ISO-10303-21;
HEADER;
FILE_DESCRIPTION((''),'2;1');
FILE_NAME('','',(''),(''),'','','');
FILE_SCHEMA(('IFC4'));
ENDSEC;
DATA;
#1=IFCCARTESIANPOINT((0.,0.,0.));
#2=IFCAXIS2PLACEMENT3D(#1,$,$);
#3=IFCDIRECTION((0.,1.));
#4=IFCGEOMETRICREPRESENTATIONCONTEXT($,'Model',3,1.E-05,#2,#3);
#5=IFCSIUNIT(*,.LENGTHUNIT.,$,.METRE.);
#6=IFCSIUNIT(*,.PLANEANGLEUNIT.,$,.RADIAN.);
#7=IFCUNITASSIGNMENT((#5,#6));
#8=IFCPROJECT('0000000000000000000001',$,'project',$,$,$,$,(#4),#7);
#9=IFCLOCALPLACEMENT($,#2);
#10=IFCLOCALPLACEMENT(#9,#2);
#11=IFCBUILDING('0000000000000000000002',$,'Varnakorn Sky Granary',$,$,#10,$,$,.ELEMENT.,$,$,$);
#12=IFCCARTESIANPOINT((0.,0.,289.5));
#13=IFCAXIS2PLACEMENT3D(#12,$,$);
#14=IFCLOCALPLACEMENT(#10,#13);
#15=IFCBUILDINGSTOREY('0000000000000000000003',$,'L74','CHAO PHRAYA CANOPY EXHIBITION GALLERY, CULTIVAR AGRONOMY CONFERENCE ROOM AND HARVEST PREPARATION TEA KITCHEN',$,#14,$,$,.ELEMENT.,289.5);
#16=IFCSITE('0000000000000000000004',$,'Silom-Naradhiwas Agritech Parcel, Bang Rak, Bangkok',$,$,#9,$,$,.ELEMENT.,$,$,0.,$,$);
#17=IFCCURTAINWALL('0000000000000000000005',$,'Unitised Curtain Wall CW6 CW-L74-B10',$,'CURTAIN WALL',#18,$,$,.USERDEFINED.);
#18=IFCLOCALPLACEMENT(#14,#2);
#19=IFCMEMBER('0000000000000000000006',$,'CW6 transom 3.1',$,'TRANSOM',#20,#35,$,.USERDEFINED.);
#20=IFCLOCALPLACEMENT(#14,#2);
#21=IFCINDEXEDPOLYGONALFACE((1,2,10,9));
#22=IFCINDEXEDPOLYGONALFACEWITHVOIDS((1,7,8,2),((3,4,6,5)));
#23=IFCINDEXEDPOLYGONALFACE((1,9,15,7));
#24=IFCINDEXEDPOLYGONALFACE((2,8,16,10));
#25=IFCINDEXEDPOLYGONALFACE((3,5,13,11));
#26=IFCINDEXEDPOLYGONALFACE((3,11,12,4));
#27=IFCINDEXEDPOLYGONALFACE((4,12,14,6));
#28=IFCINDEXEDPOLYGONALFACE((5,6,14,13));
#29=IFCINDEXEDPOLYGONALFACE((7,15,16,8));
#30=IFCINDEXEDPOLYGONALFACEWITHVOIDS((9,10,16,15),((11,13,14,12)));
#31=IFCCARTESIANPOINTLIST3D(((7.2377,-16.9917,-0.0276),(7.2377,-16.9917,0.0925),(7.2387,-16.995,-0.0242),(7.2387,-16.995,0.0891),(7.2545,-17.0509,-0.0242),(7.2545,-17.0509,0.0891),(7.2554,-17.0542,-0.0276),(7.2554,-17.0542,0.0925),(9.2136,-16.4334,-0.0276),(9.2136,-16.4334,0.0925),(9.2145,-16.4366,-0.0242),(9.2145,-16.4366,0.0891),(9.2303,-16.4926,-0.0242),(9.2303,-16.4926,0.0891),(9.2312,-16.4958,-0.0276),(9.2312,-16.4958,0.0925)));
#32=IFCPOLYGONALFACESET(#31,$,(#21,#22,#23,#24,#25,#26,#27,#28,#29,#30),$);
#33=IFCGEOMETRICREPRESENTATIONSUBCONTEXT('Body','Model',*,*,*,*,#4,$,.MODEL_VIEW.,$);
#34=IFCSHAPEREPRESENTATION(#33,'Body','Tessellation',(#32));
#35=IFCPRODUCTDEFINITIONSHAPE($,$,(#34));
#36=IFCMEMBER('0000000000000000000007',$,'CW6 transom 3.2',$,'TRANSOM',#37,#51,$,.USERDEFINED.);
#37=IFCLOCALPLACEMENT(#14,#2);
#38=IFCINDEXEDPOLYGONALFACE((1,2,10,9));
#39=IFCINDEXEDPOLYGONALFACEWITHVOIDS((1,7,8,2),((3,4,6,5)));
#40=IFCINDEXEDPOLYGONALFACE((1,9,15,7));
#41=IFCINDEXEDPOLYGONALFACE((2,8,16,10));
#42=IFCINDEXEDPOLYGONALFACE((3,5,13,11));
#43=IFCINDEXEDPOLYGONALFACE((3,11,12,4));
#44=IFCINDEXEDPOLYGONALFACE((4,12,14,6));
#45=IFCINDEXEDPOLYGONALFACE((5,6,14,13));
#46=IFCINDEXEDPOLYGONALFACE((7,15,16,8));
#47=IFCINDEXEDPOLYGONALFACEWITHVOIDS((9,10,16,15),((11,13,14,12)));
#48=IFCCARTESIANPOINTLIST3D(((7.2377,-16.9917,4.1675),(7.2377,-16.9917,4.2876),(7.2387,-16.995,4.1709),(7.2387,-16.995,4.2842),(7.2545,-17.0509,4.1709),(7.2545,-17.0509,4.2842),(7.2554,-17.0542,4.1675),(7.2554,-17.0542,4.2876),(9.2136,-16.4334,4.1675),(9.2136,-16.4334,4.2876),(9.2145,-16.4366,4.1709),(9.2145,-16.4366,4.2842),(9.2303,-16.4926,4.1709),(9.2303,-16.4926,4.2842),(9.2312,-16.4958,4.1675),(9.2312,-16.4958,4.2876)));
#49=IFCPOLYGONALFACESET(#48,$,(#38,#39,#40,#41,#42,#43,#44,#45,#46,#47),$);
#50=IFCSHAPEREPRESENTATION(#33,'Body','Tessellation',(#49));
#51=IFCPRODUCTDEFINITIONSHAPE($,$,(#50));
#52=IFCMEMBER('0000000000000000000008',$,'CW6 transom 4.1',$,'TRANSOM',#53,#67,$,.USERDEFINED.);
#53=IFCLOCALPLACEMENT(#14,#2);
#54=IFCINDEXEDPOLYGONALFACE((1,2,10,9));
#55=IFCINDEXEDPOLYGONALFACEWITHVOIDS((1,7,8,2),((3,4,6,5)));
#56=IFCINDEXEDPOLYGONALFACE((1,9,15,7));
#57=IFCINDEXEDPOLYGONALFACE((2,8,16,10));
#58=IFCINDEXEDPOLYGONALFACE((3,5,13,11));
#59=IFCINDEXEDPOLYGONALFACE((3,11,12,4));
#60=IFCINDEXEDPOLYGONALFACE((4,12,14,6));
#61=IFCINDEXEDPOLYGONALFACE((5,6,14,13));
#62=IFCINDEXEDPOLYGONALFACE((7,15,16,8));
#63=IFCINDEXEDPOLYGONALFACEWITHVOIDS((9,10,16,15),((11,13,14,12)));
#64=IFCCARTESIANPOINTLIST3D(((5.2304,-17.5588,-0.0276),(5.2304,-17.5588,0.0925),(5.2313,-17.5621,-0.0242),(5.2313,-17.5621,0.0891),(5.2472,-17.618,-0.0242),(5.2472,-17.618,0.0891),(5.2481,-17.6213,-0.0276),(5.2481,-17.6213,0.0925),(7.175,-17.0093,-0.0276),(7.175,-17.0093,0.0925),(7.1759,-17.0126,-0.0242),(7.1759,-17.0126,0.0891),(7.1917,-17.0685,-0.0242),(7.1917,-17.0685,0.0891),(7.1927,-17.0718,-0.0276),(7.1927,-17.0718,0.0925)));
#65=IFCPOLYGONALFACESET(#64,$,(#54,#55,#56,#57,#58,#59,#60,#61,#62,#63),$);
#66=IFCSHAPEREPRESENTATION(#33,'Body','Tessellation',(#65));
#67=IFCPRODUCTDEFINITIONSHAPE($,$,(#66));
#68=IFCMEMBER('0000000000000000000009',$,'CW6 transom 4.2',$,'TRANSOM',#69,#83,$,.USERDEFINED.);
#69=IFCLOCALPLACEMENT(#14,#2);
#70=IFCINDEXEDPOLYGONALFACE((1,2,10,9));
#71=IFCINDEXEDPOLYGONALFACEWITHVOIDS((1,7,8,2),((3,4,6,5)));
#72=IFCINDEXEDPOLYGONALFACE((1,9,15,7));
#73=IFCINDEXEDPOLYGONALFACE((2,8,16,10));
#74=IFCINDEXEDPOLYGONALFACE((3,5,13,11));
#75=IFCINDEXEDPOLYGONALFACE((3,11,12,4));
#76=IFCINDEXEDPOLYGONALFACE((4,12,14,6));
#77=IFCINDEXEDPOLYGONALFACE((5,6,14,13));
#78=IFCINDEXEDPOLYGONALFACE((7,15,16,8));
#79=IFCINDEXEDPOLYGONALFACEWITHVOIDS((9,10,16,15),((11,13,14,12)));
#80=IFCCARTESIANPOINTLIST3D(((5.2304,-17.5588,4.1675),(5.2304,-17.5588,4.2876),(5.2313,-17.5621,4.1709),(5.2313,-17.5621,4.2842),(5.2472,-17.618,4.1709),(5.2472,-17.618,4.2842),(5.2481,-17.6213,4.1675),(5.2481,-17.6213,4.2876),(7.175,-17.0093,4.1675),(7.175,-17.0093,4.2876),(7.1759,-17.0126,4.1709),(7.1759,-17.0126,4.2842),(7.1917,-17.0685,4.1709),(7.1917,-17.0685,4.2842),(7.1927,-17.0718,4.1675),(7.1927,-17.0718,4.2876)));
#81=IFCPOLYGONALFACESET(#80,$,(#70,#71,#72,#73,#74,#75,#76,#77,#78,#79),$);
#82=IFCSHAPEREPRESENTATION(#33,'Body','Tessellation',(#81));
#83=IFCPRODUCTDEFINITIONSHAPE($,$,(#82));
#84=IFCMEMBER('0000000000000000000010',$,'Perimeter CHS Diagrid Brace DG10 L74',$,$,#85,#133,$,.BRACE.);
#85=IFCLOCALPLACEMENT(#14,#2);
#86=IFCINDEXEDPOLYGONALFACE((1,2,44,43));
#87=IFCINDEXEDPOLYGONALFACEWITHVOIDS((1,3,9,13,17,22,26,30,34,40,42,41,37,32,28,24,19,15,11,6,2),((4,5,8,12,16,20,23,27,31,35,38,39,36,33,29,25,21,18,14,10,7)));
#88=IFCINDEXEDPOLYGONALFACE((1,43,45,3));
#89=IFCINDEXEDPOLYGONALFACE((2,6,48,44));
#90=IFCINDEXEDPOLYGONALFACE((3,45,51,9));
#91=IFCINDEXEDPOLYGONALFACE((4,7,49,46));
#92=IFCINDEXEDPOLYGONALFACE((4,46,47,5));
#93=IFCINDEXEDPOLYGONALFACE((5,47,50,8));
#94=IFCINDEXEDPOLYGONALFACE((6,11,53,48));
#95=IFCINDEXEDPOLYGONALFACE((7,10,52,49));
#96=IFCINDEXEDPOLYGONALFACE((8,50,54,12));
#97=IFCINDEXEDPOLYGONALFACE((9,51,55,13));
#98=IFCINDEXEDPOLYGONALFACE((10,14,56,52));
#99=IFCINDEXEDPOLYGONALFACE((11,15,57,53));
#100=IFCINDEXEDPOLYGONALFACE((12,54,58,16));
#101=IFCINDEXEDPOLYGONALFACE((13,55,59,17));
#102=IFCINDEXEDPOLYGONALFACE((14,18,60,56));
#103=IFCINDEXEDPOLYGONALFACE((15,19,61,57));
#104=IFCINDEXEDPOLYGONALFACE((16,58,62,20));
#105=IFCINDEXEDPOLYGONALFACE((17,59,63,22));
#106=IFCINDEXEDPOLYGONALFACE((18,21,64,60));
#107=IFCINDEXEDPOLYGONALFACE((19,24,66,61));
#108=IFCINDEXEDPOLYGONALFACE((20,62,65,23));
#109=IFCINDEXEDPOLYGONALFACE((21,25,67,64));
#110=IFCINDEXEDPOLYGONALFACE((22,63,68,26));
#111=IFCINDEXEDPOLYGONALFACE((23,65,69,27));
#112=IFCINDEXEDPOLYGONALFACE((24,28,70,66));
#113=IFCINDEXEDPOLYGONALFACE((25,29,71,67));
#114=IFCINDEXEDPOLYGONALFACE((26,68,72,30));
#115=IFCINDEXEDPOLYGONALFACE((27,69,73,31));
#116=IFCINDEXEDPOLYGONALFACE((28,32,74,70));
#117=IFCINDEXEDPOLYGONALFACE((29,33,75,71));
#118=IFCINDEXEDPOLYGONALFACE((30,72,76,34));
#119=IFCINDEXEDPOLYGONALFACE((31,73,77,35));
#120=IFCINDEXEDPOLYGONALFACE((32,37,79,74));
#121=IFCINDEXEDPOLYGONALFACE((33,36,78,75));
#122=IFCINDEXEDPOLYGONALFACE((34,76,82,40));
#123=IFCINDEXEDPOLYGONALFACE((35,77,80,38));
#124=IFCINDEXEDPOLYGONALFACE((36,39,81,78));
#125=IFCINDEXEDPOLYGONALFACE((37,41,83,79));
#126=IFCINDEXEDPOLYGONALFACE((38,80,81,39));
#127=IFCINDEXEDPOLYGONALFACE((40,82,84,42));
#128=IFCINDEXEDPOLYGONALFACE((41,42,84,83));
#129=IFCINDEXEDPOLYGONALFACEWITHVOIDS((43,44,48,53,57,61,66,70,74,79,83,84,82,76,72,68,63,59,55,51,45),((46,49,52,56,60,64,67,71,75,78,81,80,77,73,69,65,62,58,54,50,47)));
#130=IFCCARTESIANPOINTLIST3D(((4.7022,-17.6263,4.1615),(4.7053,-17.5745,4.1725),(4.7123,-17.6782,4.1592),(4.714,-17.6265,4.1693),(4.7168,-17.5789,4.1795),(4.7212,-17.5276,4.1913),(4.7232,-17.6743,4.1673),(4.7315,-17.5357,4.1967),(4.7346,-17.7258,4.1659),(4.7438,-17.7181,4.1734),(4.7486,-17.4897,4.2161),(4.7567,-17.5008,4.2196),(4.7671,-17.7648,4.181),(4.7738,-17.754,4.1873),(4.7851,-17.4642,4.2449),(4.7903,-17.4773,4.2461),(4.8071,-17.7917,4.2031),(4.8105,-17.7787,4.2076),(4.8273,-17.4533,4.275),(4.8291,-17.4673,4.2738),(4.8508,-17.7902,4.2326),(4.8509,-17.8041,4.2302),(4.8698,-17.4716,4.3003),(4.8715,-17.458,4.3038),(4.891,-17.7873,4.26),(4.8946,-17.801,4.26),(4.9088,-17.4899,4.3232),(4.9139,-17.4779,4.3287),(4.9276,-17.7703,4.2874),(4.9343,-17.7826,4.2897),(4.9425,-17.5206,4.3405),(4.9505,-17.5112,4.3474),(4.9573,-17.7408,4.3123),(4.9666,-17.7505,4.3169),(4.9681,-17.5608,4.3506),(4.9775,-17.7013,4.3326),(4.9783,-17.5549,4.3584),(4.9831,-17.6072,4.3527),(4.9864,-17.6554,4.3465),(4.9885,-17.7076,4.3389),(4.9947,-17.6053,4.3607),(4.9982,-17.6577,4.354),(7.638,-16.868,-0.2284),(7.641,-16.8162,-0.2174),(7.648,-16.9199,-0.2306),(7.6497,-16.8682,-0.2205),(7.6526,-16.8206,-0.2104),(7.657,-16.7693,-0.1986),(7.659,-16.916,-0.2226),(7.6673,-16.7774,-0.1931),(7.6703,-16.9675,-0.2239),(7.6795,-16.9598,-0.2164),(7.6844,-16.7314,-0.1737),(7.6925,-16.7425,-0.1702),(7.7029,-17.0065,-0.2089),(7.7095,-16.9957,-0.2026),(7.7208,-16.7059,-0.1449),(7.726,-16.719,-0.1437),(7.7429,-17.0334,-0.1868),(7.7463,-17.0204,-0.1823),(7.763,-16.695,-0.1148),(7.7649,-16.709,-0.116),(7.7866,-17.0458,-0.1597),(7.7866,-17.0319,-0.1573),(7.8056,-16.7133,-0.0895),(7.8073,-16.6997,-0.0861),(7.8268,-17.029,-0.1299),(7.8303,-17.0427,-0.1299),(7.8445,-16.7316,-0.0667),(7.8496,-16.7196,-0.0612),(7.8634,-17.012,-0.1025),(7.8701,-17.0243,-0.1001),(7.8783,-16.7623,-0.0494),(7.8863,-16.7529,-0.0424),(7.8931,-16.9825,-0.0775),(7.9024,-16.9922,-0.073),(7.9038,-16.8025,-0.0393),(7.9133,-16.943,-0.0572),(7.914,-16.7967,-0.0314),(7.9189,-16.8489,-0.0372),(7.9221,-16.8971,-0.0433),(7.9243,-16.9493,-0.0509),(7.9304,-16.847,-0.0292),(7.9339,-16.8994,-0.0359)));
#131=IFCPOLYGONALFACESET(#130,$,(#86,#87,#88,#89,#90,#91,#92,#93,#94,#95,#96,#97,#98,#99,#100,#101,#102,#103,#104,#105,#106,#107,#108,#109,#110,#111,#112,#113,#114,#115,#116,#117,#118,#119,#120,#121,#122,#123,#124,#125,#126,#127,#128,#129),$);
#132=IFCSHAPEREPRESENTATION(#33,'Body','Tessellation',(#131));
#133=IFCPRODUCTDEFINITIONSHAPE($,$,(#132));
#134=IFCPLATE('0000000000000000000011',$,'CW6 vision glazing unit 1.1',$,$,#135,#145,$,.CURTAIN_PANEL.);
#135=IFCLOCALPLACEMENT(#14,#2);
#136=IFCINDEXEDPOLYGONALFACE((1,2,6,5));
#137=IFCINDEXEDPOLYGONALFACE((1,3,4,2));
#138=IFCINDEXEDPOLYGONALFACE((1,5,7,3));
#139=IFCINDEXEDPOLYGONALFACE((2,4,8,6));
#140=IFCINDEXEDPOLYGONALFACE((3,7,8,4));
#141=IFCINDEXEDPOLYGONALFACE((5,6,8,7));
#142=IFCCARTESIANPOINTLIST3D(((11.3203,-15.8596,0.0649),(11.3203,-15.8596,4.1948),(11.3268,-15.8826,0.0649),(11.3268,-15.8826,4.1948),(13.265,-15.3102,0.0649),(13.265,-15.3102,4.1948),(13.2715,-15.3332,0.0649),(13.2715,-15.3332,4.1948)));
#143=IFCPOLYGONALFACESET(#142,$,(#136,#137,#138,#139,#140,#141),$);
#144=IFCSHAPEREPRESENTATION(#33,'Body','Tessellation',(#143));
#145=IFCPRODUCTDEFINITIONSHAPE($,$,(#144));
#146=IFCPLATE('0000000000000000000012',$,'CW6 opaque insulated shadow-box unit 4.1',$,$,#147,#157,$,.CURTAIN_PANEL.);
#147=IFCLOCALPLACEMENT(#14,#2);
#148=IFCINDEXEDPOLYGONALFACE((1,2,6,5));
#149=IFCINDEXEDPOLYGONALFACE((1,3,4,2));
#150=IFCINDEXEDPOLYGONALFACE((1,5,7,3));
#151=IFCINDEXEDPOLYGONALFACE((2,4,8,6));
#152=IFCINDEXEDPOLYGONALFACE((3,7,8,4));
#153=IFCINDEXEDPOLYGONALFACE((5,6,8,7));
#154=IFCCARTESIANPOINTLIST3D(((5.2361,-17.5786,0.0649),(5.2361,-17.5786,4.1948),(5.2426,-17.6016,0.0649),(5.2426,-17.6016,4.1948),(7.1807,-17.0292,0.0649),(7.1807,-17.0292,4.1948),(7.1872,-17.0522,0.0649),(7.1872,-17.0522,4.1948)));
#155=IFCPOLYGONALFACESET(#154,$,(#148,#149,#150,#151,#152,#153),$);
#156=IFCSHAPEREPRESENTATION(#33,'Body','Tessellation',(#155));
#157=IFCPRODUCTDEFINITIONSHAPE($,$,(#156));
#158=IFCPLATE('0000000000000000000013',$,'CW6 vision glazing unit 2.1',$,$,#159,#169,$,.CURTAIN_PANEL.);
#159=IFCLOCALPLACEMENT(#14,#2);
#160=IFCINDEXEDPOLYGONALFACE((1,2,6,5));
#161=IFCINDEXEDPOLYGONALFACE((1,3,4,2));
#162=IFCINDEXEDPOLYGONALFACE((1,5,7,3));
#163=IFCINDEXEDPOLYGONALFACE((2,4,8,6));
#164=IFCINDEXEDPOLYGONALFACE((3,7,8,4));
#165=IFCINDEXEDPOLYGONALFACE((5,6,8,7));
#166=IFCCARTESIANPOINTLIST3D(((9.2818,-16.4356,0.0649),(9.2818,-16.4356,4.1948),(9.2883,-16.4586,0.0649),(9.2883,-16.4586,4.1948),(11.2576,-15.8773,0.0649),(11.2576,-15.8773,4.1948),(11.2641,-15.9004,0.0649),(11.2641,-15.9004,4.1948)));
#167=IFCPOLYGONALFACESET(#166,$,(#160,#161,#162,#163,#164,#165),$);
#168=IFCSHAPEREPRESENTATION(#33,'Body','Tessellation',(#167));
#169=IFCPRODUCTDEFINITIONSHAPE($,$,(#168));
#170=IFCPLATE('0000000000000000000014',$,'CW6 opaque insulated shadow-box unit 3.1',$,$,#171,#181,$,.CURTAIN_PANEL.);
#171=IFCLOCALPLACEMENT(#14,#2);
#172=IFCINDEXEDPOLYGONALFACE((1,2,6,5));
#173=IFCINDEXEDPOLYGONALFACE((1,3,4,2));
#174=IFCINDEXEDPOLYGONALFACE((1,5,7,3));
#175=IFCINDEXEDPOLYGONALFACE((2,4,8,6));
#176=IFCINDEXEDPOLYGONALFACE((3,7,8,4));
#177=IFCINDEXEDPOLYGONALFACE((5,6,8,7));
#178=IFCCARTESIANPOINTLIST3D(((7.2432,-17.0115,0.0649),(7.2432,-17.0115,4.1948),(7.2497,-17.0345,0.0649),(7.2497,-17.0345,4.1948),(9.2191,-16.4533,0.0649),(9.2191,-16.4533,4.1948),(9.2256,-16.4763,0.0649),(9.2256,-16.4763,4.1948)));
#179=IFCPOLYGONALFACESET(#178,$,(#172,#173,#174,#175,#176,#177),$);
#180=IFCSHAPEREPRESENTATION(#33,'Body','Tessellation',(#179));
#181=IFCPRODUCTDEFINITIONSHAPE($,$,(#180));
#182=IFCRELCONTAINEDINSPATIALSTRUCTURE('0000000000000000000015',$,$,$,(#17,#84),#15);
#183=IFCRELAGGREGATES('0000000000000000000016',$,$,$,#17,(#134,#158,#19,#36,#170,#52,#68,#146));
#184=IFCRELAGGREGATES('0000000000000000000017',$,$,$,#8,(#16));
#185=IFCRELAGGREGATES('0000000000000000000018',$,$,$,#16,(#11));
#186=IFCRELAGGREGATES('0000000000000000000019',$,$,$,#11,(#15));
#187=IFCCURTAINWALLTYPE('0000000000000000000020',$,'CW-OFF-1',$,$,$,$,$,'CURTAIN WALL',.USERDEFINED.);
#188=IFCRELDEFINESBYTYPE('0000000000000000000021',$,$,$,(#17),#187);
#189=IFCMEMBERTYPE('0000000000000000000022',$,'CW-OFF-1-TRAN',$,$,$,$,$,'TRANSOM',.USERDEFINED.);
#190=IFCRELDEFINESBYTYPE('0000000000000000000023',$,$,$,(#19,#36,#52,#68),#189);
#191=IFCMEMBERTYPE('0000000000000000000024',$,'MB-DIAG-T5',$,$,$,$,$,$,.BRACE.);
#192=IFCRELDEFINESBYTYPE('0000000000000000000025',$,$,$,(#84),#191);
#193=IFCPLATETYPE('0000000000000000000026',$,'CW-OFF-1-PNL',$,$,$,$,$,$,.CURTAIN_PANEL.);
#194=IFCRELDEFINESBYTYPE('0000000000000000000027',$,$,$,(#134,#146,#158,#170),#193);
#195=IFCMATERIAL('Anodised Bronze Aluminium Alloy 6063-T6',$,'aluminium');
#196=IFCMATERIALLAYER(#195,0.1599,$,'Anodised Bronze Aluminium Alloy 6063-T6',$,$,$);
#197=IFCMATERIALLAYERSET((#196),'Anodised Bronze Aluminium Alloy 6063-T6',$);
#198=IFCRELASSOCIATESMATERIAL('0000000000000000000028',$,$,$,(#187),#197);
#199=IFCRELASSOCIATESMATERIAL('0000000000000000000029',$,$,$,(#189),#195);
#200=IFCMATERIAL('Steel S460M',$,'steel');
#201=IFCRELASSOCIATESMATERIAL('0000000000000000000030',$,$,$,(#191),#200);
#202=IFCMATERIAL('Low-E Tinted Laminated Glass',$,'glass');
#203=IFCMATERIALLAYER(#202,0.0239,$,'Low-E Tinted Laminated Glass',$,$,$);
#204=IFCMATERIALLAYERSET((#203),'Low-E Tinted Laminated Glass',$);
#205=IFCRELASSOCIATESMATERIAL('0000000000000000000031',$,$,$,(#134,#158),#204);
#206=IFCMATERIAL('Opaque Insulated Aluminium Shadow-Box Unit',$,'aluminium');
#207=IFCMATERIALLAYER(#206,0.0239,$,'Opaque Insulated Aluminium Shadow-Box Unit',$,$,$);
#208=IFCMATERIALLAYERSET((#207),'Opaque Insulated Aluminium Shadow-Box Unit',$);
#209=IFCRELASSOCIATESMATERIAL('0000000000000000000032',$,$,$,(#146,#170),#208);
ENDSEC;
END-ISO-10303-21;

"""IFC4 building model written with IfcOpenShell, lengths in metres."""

from ifc_helpers import new_model, si_unit, direction, frame, origin, origin_2d, place, context, subcontext, project, spatial, rectangle, hollow_rectangle, hollow_circle, extrude, source, transform, mapped, material, layer, layer_set, material_profile, profile_set, type_object, type_shapes, element, aggregate, save


model = new_model("IFC4")

# Units and contexts
model_context = context("Model", 3, precision=1e-05, world=origin(), true_north=direction((0.0, 1.0)))
body_context = subcontext(model_context, "Body", "Model", "MODEL_VIEW")
ifc_project = project(units=[si_unit("LENGTHUNIT", "METRE"), si_unit("PLANEANGLEUNIT", "RADIAN")], contexts=[model_context])

# Site, building, storey
site_placement = place(None, origin())
site = spatial("IfcSite", under=ifc_project, at=site_placement, Name="Silom-Naradhiwas Agritech Parcel, Bang Rak, Bangkok", CompositionType="ELEMENT", RefElevation=0.0)
building_placement = place(site_placement, origin())
building = spatial("IfcBuilding", under=site, at=building_placement, Name="Varnakorn Sky Granary", CompositionType="ELEMENT")
storey_placement = place(building_placement, frame((0.0, 0.0, 289.5)))
storey = spatial("IfcBuildingStorey", under=building, at=storey_placement, Name="L74", Description="CHAO PHRAYA CANOPY EXHIBITION GALLERY, CULTIVAR AGRONOMY CONFERENCE ROOM AND HARVEST PREPARATION TEA KITCHEN", CompositionType="ELEMENT", Elevation=289.5)

# Curtain wall, members
ifc_material_1 = material(Name="Anodised Bronze Aluminium Alloy 6063-T6", Category="aluminium")
ifc_layer_1 = layer(ifc_material_1, 0.1599, Name="Anodised Bronze Aluminium Alloy 6063-T6")
ifc_layer_set_1 = layer_set([ifc_layer_1], Name="Anodised Bronze Aluminium Alloy 6063-T6")
curtain_wall_type = type_object("IfcCurtainWallType", Name="CW-OFF-1", ElementType="CURTAIN WALL", PredefinedType="USERDEFINED", material=ifc_layer_set_1)
curtain_wall_placement = place(storey_placement, origin())
curtain_wall = element("IfcCurtainWall", 1, at=curtain_wall_placement, inside=storey, type_object=curtain_wall_type, Name="Unitised Curtain Wall CW6 CW-L74-B10", ObjectType="CURTAIN WALL", PredefinedType="USERDEFINED")
ifc_material_profile_1 = material_profile(ifc_material_1, hollow_rectangle(XDim=0.0649, YDim=0.1201, WallThickness=0.0034, at=origin_2d()), Name="ALU TRAN 65x120")
ifc_profile_set_1 = profile_set([ifc_material_profile_1], Name="Anodised Bronze Aluminium Alloy 6063-T6")
member_type_1 = type_object("IfcMemberType", Name="CW-OFF-1-TRAN", ElementType="TRANSOM", PredefinedType="USERDEFINED", material=ifc_profile_set_1)
member_1_placement = place(storey_placement, frame((9.2224, -16.4646, 0.0325), z_axis=(-0.962314, -0.27194, 0.0), x_axis=(0.27194, -0.962314, 0.0)))
member_1 = element("IfcMember", 2, at=member_1_placement, type_object=member_type_1, Name="CW6 transom 3.1", ObjectType="TRANSOM", PredefinedType="USERDEFINED", context=body_context, shape_type="SweptSolid", body=[
    extrude(hollow_rectangle(XDim=0.0649, YDim=0.1201, WallThickness=0.0034, at=origin_2d()), origin(), (0.0, 0.0, 1.0), 2.0532),
])
member_2_placement = place(storey_placement, frame((9.2224, -16.4646, 4.2275), z_axis=(-0.962314, -0.27194, 0.0), x_axis=(0.27194, -0.962314, 0.0)))
member_2 = element("IfcMember", 3, at=member_2_placement, type_object=member_type_1, Name="CW6 transom 3.2", ObjectType="TRANSOM", PredefinedType="USERDEFINED", context=body_context, shape_type="SweptSolid", body=[
    extrude(hollow_rectangle(XDim=0.0649, YDim=0.1201, WallThickness=0.0034, at=origin_2d()), origin(), (0.0, 0.0, 1.0), 2.0532),
])
member_3_placement = place(storey_placement, frame((7.1838, -17.0405, 0.0325), z_axis=(-0.962309, -0.271959, 0.0), x_axis=(0.271959, -0.962309, 0.0)))
member_3 = element("IfcMember", 4, at=member_3_placement, type_object=member_type_1, Name="CW6 transom 4.1", ObjectType="TRANSOM", PredefinedType="USERDEFINED", context=body_context, shape_type="SweptSolid", body=[
    extrude(hollow_rectangle(XDim=0.0649, YDim=0.1201, WallThickness=0.0034, at=origin_2d()), origin(), (0.0, 0.0, 1.0), 2.0208),
])
member_4_placement = place(storey_placement, frame((7.1838, -17.0405, 4.2275), z_axis=(-0.962309, -0.271959, 0.0), x_axis=(0.271959, -0.962309, 0.0)))
member_4 = element("IfcMember", 5, at=member_4_placement, type_object=member_type_1, Name="CW6 transom 4.2", ObjectType="TRANSOM", PredefinedType="USERDEFINED", context=body_context, shape_type="SweptSolid", body=[
    extrude(hollow_rectangle(XDim=0.0649, YDim=0.1201, WallThickness=0.0034, at=origin_2d()), origin(), (0.0, 0.0, 1.0), 2.0208),
])

# Member
ifc_material_2 = material(Name="Steel S460M", Category="steel")
ifc_material_profile_2 = material_profile(ifc_material_2, hollow_circle(Radius=0.1777, WallThickness=0.0142, at=origin_2d()), Name="CHS 355.6x14")
ifc_profile_set_2 = profile_set([ifc_material_profile_2], Name="Steel S460M")
member_type_2 = type_object("IfcMemberType", Name="MB-DIAG-T5", PredefinedType="BRACE", material=ifc_profile_set_2)
member_5_placement = place(storey_placement, frame((7.7859, -16.8706, -0.1299), z_axis=(-0.550262, -0.14213, 0.822807), x_axis=(0.250087, -0.968223, 0.0)))
element("IfcMember", 6, at=member_5_placement, inside=storey, type_object=member_type_2, Name="Perimeter CHS Diagrid Brace DG10 L74", PredefinedType="BRACE", context=body_context, shape_type="SweptSolid", body=[
    extrude(hollow_circle(Radius=0.1777, WallThickness=0.0142, at=origin_2d()), origin(), (0.0, 0.0, 1.0), 5.3352),
])

# Plates
ifc_material_3 = material(Name="Low-E Tinted Laminated Glass", Category="glass")
ifc_layer_2 = layer(ifc_material_3, 0.0239, Name="Low-E Tinted Laminated Glass")
ifc_layer_set_2 = layer_set([ifc_layer_2], Name="Low-E Tinted Laminated Glass")
plate_type = type_object("IfcPlateType", Name="CW-OFF-1-PNL", PredefinedType="CURTAIN_PANEL")
shared_shape_1 = source(origin(), body_context, "Body", "SweptSolid", [
    extrude(rectangle(XDim=2.0208, YDim=0.0239, at=origin_2d()), origin(), (0.0, 0.0, 1.0), 4.1299),
])
plate_1_placement = place(storey_placement, frame((12.2959, -15.5964, 0.0649), z_axis=(0.0, 0.0, 1.0), x_axis=(-0.962332, -0.271878, 0.0)))
plate_1 = element("IfcPlate", 7, at=plate_1_placement, type_object=plate_type, material=ifc_layer_set_2, Name="CW6 vision glazing unit 1.1", PredefinedType="CURTAIN_PANEL", context=body_context, shape_type="MappedRepresentation", body=[
    mapped(shared_shape_1, transform((0.0, 0.0, 0.0), x_axis=(1.0, 0.0, 0.0), y_axis=(0.0, 1.0, 0.0), z_axis=(0.0, 0.0, 1.0), scale=1.0)),
])
ifc_material_4 = material(Name="Opaque Insulated Aluminium Shadow-Box Unit", Category="aluminium")
ifc_layer_3 = layer(ifc_material_4, 0.0239, Name="Opaque Insulated Aluminium Shadow-Box Unit")
ifc_layer_set_3 = layer_set([ifc_layer_3], Name="Opaque Insulated Aluminium Shadow-Box Unit")
plate_2_placement = place(storey_placement, frame((6.2117, -17.3154, 0.0649), z_axis=(0.0, 0.0, 1.0), x_axis=(-0.962332, -0.271878, 0.0)))
plate_2 = element("IfcPlate", 8, at=plate_2_placement, type_object=plate_type, material=ifc_layer_set_3, Name="CW6 opaque insulated shadow-box unit 4.1", PredefinedType="CURTAIN_PANEL", context=body_context, shape_type="MappedRepresentation", body=[
    mapped(shared_shape_1, transform((0.0, 0.0, 0.0), x_axis=(1.0, 0.0, 0.0), y_axis=(0.0, 1.0, 0.0), z_axis=(0.0, 0.0, 1.0), scale=1.0)),
])
shared_shape_2 = source(origin(), body_context, "Body", "SweptSolid", [
    extrude(rectangle(XDim=2.0532, YDim=0.0239, at=origin_2d()), origin(), (0.0, 0.0, 1.0), 4.1299),
])
type_shapes(plate_type, [shared_shape_1, shared_shape_2])
plate_3_placement = place(storey_placement, frame((10.2729, -16.168, 0.0649), z_axis=(0.0, 0.0, 1.0), x_axis=(-0.962332, -0.271878, 0.0)))
plate_3 = element("IfcPlate", 9, at=plate_3_placement, type_object=plate_type, material=ifc_layer_set_2, Name="CW6 vision glazing unit 2.1", PredefinedType="CURTAIN_PANEL", context=body_context, shape_type="MappedRepresentation", body=[
    mapped(shared_shape_2, transform((0.0, 0.0, 0.0), x_axis=(1.0, 0.0, 0.0), y_axis=(0.0, 1.0, 0.0), z_axis=(0.0, 0.0, 1.0), scale=1.0)),
])
plate_4_placement = place(storey_placement, frame((8.2344, -16.7439, 0.0649), z_axis=(0.0, 0.0, 1.0), x_axis=(-0.962332, -0.271878, 0.0)))
plate_4 = element("IfcPlate", 10, at=plate_4_placement, type_object=plate_type, material=ifc_layer_set_3, Name="CW6 opaque insulated shadow-box unit 3.1", PredefinedType="CURTAIN_PANEL", context=body_context, shape_type="MappedRepresentation", body=[
    mapped(shared_shape_2, transform((0.0, 0.0, 0.0), x_axis=(1.0, 0.0, 0.0), y_axis=(0.0, 1.0, 0.0), z_axis=(0.0, 0.0, 1.0), scale=1.0)),
])
aggregate(curtain_wall, [plate_1, plate_3, member_1, member_2, plate_4, member_3, member_4, plate_2])

save(model, "model.ifc")
